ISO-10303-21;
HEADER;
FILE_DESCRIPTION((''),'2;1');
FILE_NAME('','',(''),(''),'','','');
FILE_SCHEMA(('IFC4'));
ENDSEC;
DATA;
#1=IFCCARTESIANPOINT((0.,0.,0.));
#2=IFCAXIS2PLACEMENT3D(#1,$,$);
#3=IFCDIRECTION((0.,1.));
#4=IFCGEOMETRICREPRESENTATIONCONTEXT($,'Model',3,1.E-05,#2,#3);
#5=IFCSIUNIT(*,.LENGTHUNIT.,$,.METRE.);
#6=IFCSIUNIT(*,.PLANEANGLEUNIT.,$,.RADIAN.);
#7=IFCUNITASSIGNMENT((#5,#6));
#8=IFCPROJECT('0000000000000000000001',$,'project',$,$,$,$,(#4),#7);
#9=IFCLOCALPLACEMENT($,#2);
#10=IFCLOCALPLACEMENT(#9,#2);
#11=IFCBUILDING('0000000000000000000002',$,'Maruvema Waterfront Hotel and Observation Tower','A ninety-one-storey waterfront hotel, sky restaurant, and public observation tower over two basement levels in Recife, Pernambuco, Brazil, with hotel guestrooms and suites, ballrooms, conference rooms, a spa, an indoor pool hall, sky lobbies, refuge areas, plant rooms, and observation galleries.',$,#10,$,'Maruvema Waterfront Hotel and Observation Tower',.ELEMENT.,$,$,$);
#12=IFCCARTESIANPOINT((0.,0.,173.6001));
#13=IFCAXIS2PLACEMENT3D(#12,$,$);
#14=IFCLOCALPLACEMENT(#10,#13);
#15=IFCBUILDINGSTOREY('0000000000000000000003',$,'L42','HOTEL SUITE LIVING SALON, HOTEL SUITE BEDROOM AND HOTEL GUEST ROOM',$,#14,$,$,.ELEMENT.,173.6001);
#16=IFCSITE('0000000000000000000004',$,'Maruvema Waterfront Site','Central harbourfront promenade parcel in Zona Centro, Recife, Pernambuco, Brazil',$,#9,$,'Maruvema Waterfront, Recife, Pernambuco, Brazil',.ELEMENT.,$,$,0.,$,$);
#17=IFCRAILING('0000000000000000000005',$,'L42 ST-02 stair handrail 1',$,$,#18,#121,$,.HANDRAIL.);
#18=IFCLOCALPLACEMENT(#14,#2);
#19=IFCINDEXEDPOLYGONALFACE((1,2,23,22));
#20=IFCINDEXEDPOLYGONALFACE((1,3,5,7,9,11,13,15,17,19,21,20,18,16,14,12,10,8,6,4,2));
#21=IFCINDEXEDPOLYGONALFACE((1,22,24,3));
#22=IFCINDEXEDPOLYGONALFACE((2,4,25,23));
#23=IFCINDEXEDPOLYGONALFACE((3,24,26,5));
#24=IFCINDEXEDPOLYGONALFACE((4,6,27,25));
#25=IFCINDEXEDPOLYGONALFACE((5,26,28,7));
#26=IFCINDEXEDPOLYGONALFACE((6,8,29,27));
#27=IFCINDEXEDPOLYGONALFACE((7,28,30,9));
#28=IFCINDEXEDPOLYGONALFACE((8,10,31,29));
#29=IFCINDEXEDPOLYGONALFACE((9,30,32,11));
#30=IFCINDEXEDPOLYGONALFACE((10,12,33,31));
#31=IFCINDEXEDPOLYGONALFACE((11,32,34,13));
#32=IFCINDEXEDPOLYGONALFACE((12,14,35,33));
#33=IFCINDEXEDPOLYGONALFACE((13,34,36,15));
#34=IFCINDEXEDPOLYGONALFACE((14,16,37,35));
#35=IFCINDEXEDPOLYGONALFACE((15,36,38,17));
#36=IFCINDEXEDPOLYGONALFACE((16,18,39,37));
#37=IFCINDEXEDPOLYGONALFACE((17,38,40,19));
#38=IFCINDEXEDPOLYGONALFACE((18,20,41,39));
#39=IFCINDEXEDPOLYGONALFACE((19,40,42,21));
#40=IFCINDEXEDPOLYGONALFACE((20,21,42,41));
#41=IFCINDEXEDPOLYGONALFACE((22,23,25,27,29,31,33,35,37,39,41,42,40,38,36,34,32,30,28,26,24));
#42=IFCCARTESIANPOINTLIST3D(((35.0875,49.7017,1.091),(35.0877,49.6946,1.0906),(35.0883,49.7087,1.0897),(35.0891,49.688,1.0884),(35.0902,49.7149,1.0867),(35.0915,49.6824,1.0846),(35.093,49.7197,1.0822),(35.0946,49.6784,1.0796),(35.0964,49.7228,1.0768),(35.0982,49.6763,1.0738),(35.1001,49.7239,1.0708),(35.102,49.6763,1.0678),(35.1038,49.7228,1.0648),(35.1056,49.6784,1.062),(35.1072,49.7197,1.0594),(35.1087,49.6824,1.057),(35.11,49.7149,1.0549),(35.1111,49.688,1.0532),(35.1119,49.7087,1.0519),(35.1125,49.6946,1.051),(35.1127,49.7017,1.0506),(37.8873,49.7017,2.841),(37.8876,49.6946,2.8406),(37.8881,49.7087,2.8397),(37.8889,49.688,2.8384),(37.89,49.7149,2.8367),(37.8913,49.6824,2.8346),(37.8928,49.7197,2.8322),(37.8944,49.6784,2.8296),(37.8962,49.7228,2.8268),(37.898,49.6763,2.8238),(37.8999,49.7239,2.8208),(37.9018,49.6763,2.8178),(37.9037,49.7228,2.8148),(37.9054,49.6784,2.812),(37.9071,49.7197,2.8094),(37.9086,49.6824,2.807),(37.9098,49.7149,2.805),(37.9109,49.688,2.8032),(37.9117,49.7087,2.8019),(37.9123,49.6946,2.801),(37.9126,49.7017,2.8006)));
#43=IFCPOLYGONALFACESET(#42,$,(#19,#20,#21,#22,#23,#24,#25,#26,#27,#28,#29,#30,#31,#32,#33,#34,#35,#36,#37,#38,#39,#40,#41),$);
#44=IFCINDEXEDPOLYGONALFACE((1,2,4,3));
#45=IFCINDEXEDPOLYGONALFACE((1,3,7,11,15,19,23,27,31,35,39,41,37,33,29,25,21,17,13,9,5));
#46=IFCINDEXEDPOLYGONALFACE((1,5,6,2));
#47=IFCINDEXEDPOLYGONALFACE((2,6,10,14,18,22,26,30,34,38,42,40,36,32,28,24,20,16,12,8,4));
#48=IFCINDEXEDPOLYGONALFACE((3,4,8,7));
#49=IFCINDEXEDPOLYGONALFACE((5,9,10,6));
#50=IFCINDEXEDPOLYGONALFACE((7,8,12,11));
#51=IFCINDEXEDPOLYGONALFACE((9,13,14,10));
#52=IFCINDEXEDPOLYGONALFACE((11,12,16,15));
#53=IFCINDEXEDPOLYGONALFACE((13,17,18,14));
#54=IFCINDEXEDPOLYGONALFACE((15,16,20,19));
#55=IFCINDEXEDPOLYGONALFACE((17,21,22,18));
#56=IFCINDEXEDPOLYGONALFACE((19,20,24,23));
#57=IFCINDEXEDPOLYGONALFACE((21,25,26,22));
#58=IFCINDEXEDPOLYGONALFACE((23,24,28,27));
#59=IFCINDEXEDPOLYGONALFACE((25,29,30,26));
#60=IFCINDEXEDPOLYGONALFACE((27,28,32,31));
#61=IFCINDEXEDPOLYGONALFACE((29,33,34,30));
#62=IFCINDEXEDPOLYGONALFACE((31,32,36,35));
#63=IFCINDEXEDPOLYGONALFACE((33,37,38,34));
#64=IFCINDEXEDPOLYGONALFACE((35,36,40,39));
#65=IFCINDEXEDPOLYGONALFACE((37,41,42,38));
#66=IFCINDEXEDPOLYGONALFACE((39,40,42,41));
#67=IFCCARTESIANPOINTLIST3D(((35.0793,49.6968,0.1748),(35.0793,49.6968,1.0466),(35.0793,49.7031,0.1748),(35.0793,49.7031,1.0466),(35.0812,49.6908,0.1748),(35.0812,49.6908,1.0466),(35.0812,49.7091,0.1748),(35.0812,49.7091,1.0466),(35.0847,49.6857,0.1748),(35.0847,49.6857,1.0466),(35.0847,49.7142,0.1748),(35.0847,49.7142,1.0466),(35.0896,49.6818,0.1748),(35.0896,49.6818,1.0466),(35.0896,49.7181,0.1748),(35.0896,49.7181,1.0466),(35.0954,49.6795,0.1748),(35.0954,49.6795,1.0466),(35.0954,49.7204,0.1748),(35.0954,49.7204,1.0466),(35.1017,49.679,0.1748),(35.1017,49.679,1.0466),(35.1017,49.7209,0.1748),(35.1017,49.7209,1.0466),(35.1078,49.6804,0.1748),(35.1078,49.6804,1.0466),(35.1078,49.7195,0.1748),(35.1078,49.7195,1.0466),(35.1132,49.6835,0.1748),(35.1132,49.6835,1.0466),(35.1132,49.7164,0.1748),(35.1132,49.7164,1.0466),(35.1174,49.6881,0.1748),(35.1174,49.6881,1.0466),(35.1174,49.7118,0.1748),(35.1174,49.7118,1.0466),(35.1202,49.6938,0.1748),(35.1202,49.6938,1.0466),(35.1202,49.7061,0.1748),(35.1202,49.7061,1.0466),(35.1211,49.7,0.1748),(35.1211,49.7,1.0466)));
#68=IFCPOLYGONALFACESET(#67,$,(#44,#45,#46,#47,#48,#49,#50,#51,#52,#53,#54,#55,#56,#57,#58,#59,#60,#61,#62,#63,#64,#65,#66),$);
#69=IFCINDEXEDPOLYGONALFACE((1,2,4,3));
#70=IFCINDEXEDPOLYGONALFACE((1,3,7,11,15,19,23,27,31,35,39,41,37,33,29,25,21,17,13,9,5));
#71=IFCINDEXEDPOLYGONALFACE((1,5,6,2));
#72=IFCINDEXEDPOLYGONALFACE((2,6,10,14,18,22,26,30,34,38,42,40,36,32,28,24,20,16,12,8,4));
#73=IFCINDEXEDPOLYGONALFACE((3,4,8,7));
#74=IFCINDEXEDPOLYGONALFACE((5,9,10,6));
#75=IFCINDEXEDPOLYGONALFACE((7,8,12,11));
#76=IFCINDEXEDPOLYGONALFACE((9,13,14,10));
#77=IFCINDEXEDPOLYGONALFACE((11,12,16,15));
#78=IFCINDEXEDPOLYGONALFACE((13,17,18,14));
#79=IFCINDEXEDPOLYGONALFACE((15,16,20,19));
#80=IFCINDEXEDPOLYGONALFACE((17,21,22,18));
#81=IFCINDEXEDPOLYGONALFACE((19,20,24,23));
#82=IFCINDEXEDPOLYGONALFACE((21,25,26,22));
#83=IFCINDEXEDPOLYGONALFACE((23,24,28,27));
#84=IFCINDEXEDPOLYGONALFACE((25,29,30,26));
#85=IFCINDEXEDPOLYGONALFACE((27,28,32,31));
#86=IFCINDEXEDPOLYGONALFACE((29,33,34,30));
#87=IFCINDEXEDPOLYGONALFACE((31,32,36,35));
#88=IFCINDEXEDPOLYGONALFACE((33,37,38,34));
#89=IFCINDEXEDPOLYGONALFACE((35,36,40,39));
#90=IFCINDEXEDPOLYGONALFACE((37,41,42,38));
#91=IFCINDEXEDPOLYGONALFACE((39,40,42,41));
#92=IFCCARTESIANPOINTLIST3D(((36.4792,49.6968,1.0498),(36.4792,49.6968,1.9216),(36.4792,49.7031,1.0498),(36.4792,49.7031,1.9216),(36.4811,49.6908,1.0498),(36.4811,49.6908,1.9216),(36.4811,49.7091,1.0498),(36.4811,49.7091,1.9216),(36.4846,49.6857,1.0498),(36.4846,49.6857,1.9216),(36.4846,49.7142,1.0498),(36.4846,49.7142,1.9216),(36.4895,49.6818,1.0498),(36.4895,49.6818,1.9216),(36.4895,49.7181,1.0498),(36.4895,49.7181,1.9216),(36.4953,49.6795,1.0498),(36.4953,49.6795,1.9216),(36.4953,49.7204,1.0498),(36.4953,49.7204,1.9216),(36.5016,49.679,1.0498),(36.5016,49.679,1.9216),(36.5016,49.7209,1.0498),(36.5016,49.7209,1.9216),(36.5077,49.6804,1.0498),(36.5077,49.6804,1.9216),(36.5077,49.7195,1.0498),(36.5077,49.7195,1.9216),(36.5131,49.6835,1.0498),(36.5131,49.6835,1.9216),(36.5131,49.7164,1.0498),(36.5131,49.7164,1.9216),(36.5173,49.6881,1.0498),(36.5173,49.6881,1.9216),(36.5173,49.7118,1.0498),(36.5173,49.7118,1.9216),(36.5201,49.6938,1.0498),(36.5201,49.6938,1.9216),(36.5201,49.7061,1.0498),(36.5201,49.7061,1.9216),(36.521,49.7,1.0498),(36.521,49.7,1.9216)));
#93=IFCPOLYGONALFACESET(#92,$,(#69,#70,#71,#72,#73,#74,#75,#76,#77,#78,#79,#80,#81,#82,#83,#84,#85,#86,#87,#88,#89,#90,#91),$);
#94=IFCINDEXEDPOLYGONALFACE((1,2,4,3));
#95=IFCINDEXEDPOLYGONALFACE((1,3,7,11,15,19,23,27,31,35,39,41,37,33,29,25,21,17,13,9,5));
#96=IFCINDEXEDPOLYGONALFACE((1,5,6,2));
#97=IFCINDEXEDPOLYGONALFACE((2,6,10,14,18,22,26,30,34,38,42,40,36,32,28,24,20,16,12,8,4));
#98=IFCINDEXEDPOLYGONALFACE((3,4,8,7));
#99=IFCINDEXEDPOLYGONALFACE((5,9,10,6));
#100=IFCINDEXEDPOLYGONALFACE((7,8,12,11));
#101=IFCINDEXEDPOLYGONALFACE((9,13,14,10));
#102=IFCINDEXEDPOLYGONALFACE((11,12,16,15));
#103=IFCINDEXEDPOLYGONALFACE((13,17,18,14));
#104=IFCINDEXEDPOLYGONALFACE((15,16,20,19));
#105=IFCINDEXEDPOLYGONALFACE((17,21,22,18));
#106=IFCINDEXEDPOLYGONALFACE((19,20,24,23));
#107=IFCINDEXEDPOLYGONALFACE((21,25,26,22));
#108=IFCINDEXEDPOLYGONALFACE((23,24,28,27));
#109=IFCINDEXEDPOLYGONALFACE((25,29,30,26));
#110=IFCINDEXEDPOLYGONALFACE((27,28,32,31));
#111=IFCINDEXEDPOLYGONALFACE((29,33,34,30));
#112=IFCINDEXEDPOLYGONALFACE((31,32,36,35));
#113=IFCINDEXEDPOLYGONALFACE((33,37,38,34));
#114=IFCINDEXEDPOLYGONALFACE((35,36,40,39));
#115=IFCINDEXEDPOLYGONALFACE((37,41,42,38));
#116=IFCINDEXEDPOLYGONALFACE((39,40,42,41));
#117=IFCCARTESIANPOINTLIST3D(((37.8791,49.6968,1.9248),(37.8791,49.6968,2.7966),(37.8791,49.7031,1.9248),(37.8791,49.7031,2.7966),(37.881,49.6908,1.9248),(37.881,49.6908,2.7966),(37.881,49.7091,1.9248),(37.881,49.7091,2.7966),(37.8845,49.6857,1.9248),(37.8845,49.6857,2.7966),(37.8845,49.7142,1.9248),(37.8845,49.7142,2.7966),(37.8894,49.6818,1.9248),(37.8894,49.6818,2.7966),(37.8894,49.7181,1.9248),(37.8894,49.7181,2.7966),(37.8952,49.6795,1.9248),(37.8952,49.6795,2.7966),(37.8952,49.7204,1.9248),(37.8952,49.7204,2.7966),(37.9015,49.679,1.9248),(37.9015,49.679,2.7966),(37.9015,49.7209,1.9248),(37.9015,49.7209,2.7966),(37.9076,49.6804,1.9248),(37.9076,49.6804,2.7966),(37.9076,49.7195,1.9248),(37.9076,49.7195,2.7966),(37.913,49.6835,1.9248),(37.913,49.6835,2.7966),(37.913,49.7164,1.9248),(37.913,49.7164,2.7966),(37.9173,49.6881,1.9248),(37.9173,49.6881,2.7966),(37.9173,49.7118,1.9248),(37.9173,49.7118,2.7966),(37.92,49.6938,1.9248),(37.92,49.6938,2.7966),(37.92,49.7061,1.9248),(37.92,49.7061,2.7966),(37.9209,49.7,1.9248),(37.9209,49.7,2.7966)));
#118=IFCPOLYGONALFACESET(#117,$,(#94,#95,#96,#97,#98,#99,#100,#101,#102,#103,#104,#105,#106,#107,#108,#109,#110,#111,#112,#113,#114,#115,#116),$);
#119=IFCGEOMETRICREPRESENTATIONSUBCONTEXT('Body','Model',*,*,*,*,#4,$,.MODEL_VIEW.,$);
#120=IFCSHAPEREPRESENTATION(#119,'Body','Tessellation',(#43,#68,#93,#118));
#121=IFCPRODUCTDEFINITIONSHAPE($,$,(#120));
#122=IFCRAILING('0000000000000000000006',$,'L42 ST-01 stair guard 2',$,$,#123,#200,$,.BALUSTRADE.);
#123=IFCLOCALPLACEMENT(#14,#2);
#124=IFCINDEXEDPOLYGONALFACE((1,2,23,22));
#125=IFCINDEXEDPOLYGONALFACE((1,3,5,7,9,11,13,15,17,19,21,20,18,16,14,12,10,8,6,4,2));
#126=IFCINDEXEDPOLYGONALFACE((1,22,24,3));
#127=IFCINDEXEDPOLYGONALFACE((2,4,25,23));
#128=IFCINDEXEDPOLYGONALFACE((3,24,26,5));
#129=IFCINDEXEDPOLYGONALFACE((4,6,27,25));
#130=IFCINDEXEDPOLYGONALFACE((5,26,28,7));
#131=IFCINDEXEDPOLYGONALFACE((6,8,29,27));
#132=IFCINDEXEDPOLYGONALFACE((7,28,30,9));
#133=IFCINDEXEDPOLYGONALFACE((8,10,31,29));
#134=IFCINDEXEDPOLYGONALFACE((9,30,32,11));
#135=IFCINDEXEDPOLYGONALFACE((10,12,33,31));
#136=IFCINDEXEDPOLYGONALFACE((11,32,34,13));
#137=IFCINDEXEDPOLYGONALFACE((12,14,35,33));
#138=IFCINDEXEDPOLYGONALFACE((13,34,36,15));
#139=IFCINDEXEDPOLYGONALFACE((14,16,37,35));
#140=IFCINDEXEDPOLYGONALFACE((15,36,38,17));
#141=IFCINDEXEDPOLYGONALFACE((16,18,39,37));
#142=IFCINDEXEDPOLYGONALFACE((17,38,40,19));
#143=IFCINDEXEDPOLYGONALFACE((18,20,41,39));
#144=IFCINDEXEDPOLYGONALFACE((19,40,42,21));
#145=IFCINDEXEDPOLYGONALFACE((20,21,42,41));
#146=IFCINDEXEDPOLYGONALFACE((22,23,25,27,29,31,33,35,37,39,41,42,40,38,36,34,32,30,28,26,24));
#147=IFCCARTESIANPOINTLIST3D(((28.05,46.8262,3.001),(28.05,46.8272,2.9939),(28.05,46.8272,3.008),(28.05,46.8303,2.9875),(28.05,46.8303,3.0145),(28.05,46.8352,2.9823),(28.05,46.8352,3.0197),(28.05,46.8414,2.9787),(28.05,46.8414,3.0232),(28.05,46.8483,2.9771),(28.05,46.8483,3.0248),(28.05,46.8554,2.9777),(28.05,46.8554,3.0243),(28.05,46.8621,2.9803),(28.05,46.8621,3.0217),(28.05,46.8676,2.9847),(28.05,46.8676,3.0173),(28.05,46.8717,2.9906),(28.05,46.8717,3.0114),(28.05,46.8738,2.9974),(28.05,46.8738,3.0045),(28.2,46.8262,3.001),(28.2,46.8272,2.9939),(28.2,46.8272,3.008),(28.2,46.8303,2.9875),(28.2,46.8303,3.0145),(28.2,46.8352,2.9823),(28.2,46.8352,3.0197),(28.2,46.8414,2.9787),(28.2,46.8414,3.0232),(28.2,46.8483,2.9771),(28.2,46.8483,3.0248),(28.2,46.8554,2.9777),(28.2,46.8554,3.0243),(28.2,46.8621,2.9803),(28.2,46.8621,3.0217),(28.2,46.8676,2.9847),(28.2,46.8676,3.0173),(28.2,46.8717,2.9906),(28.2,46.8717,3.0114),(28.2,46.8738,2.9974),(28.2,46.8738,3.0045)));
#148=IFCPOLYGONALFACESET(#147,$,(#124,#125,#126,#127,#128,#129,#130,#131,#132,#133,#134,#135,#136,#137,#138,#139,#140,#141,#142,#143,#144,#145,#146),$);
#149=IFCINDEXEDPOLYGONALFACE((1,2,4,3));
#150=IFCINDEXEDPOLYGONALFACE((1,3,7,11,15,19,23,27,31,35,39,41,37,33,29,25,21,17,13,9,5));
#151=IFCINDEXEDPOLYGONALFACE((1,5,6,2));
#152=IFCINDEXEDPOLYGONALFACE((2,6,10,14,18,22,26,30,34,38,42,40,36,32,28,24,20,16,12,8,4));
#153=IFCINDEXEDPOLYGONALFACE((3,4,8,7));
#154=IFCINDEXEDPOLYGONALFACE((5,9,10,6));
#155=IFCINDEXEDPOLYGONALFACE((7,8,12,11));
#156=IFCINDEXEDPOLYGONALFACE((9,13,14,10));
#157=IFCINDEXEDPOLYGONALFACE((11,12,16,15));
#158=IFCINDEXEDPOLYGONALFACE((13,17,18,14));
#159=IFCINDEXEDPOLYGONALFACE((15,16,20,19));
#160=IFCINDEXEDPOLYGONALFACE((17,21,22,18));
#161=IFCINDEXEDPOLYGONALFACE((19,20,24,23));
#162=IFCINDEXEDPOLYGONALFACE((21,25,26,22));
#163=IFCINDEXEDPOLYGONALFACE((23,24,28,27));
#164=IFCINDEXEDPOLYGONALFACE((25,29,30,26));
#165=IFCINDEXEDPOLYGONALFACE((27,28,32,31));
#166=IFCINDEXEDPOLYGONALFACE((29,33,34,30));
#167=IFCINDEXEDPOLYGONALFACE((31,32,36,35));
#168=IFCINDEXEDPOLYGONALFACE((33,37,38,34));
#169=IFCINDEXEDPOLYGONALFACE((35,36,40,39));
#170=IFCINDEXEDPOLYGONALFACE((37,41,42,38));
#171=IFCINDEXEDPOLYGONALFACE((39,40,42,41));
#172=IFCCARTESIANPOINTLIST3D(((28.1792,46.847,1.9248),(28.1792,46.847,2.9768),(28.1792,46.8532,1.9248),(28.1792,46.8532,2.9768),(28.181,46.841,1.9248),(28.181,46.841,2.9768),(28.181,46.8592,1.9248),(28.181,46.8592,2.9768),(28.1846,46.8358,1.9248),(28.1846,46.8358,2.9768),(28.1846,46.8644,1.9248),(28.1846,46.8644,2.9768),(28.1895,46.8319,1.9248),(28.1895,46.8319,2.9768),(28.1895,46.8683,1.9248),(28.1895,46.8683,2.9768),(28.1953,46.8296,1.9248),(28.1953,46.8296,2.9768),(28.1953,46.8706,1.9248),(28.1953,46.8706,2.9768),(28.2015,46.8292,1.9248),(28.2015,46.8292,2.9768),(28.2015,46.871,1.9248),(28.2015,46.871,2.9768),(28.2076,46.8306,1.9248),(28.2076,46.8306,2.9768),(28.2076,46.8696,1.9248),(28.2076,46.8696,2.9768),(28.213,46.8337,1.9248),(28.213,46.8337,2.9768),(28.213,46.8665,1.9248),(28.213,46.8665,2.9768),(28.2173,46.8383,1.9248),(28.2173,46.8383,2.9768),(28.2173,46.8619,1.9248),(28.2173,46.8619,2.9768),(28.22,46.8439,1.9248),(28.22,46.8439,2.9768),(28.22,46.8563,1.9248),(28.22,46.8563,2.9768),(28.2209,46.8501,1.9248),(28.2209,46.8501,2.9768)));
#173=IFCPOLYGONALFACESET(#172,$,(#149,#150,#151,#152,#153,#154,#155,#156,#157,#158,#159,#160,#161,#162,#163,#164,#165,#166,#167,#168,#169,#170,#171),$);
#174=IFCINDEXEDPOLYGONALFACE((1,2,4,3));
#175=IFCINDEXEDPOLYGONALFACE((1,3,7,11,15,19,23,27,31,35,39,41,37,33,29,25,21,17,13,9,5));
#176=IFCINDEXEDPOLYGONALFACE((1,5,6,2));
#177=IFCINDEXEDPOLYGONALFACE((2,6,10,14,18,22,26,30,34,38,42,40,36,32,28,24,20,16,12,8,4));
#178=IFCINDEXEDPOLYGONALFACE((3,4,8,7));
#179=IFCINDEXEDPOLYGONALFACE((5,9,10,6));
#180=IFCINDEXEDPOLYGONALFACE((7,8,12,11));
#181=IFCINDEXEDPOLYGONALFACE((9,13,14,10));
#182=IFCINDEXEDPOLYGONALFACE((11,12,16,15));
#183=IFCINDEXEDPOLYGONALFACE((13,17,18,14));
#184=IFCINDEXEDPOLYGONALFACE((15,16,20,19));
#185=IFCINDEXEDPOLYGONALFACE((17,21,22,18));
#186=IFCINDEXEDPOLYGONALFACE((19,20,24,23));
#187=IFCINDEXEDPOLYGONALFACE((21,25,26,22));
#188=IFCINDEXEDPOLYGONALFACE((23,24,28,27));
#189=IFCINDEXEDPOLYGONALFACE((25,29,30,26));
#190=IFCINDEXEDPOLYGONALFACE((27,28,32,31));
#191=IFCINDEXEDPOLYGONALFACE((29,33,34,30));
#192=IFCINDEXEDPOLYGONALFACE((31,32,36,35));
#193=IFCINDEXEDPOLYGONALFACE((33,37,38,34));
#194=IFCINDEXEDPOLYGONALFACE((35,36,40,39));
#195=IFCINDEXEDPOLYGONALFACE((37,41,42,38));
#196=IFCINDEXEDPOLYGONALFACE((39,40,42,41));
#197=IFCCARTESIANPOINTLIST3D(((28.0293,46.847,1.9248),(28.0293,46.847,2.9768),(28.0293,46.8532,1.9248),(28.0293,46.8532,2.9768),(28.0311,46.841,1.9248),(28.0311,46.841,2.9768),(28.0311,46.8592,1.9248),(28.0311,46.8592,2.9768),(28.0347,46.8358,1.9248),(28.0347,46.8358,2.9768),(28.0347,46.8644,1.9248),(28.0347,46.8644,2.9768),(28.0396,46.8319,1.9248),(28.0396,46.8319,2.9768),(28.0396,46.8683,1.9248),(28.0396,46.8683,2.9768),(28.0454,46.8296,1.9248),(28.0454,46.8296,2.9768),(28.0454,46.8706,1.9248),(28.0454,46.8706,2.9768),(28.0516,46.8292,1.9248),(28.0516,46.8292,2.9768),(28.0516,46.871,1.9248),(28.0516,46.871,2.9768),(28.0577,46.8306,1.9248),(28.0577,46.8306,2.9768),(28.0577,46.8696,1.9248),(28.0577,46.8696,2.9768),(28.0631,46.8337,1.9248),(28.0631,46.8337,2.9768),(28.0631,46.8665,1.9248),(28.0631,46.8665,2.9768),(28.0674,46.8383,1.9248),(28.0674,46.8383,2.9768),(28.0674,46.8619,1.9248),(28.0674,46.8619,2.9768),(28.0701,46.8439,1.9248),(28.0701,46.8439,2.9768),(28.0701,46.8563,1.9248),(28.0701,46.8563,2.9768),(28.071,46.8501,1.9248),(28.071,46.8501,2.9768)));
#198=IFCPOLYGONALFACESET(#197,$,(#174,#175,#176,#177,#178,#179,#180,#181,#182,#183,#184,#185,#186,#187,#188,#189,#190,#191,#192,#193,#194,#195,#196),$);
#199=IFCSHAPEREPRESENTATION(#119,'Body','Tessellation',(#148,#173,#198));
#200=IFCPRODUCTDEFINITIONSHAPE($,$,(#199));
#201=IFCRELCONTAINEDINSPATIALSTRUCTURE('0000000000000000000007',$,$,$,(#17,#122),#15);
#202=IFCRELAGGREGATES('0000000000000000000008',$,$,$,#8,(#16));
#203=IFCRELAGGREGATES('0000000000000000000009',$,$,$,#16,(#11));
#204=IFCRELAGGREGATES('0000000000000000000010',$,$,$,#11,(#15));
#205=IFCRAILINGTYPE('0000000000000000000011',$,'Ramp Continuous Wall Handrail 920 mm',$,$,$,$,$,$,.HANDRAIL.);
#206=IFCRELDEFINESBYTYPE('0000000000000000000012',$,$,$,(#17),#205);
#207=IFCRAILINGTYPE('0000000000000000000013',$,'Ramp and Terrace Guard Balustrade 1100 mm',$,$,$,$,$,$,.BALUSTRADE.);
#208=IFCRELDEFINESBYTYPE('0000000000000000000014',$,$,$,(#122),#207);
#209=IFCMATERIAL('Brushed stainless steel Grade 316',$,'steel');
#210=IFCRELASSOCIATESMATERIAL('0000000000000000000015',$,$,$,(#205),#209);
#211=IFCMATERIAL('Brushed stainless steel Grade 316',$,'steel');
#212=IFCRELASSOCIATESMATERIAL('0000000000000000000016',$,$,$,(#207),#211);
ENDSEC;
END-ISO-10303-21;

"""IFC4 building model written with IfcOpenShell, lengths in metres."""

from ifc_helpers import new_model, si_unit, direction, frame, origin, origin_2d, place, context, subcontext, project, spatial, circle, extrude, material, type_object, element, save


model = new_model("IFC4")

# Units and contexts
model_context = context("Model", 3, precision=1e-05, world=origin(), true_north=direction((0.0, 1.0)))
body_context = subcontext(model_context, "Body", "Model", "MODEL_VIEW")
ifc_project = project(units=[si_unit("LENGTHUNIT", "METRE"), si_unit("PLANEANGLEUNIT", "RADIAN")], contexts=[model_context])

# Site, building, storey
site_placement = place(None, origin())
site = spatial("IfcSite", under=ifc_project, at=site_placement, Name="Maruvema Waterfront Site", Description="Central harbourfront promenade parcel in Zona Centro, Recife, Pernambuco, Brazil", LongName="Maruvema Waterfront, Recife, Pernambuco, Brazil", CompositionType="ELEMENT", RefElevation=0.0)
building_placement = place(site_placement, origin())
building = spatial("IfcBuilding", under=site, at=building_placement, Name="Maruvema Waterfront Hotel and Observation Tower", Description="A ninety-one-storey waterfront hotel, sky restaurant, and public observation tower over two basement levels in Recife, Pernambuco, Brazil, with hotel guestrooms and suites, ballrooms, conference rooms, a spa, an indoor pool hall, sky lobbies, refuge areas, plant rooms, and observation galleries.", LongName="Maruvema Waterfront Hotel and Observation Tower", CompositionType="ELEMENT")
storey_placement = place(building_placement, frame((0.0, 0.0, 173.6001)))
storey = spatial("IfcBuildingStorey", under=building, at=storey_placement, Name="L42", Description="HOTEL SUITE LIVING SALON, HOTEL SUITE BEDROOM AND HOTEL GUEST ROOM", CompositionType="ELEMENT", Elevation=173.6001)

# Railings
ifc_material_1 = material(Name="Brushed stainless steel Grade 316", Category="steel")
railing_type_1 = type_object("IfcRailingType", Name="Ramp Continuous Wall Handrail 920 mm", PredefinedType="HANDRAIL", material=ifc_material_1)
railing_1_placement = place(storey_placement, frame((35.1001, 49.7, 0.1748)))
element("IfcRailing", 1, at=railing_1_placement, inside=storey, type_object=railing_type_1, Name="L42 ST-02 stair handrail 1", PredefinedType="HANDRAIL", context=body_context, shape_type="SweptSolid", body=[
    extrude(circle(Radius=0.0239, at=origin_2d()), frame((0.0, 0.0, 0.896), z_axis=(0.847982, 0.0, 0.530026), x_axis=(0.0, 1.0, 0.0)), (0.0, 0.0, 1.0), 3.3018),
    extrude(circle(Radius=0.021, at=origin_2d()), origin(), (0.0, 0.0, 1.0), 0.8718),
    extrude(circle(Radius=0.021, at=origin_2d()), frame((1.3999, 0.0, 0.875)), (0.0, 0.0, 1.0), 0.8718),
    extrude(circle(Radius=0.021, at=origin_2d()), frame((2.7998, 0.0, 1.75)), (0.0, 0.0, 1.0), 0.8718),
])
ifc_material_2 = material(Name="Brushed stainless steel Grade 316", Category="steel")
railing_type_2 = type_object("IfcRailingType", Name="Ramp and Terrace Guard Balustrade 1100 mm", PredefinedType="BALUSTRADE", material=ifc_material_2)
railing_2_placement = place(storey_placement, frame((28.2, 46.8501, 1.9248)))
element("IfcRailing", 2, at=railing_2_placement, inside=storey, type_object=railing_type_2, Name="L42 ST-01 stair guard 2", PredefinedType="BALUSTRADE", context=body_context, shape_type="SweptSolid", body=[
    extrude(circle(Radius=0.0239, at=origin_2d()), frame((0.0, 0.0, 1.0762), z_axis=(-1.0, 0.0, 0.0), x_axis=(0.0, -1.0, 0.0)), (0.0, 0.0, 1.0), 0.1499),
    extrude(circle(Radius=0.021, at=origin_2d()), origin(), (0.0, 0.0, 1.0), 1.052),
    extrude(circle(Radius=0.021, at=origin_2d()), frame((-0.1499, 0.0, 0.0)), (0.0, 0.0, 1.0), 1.052),
])

save(model, "model.ifc")
